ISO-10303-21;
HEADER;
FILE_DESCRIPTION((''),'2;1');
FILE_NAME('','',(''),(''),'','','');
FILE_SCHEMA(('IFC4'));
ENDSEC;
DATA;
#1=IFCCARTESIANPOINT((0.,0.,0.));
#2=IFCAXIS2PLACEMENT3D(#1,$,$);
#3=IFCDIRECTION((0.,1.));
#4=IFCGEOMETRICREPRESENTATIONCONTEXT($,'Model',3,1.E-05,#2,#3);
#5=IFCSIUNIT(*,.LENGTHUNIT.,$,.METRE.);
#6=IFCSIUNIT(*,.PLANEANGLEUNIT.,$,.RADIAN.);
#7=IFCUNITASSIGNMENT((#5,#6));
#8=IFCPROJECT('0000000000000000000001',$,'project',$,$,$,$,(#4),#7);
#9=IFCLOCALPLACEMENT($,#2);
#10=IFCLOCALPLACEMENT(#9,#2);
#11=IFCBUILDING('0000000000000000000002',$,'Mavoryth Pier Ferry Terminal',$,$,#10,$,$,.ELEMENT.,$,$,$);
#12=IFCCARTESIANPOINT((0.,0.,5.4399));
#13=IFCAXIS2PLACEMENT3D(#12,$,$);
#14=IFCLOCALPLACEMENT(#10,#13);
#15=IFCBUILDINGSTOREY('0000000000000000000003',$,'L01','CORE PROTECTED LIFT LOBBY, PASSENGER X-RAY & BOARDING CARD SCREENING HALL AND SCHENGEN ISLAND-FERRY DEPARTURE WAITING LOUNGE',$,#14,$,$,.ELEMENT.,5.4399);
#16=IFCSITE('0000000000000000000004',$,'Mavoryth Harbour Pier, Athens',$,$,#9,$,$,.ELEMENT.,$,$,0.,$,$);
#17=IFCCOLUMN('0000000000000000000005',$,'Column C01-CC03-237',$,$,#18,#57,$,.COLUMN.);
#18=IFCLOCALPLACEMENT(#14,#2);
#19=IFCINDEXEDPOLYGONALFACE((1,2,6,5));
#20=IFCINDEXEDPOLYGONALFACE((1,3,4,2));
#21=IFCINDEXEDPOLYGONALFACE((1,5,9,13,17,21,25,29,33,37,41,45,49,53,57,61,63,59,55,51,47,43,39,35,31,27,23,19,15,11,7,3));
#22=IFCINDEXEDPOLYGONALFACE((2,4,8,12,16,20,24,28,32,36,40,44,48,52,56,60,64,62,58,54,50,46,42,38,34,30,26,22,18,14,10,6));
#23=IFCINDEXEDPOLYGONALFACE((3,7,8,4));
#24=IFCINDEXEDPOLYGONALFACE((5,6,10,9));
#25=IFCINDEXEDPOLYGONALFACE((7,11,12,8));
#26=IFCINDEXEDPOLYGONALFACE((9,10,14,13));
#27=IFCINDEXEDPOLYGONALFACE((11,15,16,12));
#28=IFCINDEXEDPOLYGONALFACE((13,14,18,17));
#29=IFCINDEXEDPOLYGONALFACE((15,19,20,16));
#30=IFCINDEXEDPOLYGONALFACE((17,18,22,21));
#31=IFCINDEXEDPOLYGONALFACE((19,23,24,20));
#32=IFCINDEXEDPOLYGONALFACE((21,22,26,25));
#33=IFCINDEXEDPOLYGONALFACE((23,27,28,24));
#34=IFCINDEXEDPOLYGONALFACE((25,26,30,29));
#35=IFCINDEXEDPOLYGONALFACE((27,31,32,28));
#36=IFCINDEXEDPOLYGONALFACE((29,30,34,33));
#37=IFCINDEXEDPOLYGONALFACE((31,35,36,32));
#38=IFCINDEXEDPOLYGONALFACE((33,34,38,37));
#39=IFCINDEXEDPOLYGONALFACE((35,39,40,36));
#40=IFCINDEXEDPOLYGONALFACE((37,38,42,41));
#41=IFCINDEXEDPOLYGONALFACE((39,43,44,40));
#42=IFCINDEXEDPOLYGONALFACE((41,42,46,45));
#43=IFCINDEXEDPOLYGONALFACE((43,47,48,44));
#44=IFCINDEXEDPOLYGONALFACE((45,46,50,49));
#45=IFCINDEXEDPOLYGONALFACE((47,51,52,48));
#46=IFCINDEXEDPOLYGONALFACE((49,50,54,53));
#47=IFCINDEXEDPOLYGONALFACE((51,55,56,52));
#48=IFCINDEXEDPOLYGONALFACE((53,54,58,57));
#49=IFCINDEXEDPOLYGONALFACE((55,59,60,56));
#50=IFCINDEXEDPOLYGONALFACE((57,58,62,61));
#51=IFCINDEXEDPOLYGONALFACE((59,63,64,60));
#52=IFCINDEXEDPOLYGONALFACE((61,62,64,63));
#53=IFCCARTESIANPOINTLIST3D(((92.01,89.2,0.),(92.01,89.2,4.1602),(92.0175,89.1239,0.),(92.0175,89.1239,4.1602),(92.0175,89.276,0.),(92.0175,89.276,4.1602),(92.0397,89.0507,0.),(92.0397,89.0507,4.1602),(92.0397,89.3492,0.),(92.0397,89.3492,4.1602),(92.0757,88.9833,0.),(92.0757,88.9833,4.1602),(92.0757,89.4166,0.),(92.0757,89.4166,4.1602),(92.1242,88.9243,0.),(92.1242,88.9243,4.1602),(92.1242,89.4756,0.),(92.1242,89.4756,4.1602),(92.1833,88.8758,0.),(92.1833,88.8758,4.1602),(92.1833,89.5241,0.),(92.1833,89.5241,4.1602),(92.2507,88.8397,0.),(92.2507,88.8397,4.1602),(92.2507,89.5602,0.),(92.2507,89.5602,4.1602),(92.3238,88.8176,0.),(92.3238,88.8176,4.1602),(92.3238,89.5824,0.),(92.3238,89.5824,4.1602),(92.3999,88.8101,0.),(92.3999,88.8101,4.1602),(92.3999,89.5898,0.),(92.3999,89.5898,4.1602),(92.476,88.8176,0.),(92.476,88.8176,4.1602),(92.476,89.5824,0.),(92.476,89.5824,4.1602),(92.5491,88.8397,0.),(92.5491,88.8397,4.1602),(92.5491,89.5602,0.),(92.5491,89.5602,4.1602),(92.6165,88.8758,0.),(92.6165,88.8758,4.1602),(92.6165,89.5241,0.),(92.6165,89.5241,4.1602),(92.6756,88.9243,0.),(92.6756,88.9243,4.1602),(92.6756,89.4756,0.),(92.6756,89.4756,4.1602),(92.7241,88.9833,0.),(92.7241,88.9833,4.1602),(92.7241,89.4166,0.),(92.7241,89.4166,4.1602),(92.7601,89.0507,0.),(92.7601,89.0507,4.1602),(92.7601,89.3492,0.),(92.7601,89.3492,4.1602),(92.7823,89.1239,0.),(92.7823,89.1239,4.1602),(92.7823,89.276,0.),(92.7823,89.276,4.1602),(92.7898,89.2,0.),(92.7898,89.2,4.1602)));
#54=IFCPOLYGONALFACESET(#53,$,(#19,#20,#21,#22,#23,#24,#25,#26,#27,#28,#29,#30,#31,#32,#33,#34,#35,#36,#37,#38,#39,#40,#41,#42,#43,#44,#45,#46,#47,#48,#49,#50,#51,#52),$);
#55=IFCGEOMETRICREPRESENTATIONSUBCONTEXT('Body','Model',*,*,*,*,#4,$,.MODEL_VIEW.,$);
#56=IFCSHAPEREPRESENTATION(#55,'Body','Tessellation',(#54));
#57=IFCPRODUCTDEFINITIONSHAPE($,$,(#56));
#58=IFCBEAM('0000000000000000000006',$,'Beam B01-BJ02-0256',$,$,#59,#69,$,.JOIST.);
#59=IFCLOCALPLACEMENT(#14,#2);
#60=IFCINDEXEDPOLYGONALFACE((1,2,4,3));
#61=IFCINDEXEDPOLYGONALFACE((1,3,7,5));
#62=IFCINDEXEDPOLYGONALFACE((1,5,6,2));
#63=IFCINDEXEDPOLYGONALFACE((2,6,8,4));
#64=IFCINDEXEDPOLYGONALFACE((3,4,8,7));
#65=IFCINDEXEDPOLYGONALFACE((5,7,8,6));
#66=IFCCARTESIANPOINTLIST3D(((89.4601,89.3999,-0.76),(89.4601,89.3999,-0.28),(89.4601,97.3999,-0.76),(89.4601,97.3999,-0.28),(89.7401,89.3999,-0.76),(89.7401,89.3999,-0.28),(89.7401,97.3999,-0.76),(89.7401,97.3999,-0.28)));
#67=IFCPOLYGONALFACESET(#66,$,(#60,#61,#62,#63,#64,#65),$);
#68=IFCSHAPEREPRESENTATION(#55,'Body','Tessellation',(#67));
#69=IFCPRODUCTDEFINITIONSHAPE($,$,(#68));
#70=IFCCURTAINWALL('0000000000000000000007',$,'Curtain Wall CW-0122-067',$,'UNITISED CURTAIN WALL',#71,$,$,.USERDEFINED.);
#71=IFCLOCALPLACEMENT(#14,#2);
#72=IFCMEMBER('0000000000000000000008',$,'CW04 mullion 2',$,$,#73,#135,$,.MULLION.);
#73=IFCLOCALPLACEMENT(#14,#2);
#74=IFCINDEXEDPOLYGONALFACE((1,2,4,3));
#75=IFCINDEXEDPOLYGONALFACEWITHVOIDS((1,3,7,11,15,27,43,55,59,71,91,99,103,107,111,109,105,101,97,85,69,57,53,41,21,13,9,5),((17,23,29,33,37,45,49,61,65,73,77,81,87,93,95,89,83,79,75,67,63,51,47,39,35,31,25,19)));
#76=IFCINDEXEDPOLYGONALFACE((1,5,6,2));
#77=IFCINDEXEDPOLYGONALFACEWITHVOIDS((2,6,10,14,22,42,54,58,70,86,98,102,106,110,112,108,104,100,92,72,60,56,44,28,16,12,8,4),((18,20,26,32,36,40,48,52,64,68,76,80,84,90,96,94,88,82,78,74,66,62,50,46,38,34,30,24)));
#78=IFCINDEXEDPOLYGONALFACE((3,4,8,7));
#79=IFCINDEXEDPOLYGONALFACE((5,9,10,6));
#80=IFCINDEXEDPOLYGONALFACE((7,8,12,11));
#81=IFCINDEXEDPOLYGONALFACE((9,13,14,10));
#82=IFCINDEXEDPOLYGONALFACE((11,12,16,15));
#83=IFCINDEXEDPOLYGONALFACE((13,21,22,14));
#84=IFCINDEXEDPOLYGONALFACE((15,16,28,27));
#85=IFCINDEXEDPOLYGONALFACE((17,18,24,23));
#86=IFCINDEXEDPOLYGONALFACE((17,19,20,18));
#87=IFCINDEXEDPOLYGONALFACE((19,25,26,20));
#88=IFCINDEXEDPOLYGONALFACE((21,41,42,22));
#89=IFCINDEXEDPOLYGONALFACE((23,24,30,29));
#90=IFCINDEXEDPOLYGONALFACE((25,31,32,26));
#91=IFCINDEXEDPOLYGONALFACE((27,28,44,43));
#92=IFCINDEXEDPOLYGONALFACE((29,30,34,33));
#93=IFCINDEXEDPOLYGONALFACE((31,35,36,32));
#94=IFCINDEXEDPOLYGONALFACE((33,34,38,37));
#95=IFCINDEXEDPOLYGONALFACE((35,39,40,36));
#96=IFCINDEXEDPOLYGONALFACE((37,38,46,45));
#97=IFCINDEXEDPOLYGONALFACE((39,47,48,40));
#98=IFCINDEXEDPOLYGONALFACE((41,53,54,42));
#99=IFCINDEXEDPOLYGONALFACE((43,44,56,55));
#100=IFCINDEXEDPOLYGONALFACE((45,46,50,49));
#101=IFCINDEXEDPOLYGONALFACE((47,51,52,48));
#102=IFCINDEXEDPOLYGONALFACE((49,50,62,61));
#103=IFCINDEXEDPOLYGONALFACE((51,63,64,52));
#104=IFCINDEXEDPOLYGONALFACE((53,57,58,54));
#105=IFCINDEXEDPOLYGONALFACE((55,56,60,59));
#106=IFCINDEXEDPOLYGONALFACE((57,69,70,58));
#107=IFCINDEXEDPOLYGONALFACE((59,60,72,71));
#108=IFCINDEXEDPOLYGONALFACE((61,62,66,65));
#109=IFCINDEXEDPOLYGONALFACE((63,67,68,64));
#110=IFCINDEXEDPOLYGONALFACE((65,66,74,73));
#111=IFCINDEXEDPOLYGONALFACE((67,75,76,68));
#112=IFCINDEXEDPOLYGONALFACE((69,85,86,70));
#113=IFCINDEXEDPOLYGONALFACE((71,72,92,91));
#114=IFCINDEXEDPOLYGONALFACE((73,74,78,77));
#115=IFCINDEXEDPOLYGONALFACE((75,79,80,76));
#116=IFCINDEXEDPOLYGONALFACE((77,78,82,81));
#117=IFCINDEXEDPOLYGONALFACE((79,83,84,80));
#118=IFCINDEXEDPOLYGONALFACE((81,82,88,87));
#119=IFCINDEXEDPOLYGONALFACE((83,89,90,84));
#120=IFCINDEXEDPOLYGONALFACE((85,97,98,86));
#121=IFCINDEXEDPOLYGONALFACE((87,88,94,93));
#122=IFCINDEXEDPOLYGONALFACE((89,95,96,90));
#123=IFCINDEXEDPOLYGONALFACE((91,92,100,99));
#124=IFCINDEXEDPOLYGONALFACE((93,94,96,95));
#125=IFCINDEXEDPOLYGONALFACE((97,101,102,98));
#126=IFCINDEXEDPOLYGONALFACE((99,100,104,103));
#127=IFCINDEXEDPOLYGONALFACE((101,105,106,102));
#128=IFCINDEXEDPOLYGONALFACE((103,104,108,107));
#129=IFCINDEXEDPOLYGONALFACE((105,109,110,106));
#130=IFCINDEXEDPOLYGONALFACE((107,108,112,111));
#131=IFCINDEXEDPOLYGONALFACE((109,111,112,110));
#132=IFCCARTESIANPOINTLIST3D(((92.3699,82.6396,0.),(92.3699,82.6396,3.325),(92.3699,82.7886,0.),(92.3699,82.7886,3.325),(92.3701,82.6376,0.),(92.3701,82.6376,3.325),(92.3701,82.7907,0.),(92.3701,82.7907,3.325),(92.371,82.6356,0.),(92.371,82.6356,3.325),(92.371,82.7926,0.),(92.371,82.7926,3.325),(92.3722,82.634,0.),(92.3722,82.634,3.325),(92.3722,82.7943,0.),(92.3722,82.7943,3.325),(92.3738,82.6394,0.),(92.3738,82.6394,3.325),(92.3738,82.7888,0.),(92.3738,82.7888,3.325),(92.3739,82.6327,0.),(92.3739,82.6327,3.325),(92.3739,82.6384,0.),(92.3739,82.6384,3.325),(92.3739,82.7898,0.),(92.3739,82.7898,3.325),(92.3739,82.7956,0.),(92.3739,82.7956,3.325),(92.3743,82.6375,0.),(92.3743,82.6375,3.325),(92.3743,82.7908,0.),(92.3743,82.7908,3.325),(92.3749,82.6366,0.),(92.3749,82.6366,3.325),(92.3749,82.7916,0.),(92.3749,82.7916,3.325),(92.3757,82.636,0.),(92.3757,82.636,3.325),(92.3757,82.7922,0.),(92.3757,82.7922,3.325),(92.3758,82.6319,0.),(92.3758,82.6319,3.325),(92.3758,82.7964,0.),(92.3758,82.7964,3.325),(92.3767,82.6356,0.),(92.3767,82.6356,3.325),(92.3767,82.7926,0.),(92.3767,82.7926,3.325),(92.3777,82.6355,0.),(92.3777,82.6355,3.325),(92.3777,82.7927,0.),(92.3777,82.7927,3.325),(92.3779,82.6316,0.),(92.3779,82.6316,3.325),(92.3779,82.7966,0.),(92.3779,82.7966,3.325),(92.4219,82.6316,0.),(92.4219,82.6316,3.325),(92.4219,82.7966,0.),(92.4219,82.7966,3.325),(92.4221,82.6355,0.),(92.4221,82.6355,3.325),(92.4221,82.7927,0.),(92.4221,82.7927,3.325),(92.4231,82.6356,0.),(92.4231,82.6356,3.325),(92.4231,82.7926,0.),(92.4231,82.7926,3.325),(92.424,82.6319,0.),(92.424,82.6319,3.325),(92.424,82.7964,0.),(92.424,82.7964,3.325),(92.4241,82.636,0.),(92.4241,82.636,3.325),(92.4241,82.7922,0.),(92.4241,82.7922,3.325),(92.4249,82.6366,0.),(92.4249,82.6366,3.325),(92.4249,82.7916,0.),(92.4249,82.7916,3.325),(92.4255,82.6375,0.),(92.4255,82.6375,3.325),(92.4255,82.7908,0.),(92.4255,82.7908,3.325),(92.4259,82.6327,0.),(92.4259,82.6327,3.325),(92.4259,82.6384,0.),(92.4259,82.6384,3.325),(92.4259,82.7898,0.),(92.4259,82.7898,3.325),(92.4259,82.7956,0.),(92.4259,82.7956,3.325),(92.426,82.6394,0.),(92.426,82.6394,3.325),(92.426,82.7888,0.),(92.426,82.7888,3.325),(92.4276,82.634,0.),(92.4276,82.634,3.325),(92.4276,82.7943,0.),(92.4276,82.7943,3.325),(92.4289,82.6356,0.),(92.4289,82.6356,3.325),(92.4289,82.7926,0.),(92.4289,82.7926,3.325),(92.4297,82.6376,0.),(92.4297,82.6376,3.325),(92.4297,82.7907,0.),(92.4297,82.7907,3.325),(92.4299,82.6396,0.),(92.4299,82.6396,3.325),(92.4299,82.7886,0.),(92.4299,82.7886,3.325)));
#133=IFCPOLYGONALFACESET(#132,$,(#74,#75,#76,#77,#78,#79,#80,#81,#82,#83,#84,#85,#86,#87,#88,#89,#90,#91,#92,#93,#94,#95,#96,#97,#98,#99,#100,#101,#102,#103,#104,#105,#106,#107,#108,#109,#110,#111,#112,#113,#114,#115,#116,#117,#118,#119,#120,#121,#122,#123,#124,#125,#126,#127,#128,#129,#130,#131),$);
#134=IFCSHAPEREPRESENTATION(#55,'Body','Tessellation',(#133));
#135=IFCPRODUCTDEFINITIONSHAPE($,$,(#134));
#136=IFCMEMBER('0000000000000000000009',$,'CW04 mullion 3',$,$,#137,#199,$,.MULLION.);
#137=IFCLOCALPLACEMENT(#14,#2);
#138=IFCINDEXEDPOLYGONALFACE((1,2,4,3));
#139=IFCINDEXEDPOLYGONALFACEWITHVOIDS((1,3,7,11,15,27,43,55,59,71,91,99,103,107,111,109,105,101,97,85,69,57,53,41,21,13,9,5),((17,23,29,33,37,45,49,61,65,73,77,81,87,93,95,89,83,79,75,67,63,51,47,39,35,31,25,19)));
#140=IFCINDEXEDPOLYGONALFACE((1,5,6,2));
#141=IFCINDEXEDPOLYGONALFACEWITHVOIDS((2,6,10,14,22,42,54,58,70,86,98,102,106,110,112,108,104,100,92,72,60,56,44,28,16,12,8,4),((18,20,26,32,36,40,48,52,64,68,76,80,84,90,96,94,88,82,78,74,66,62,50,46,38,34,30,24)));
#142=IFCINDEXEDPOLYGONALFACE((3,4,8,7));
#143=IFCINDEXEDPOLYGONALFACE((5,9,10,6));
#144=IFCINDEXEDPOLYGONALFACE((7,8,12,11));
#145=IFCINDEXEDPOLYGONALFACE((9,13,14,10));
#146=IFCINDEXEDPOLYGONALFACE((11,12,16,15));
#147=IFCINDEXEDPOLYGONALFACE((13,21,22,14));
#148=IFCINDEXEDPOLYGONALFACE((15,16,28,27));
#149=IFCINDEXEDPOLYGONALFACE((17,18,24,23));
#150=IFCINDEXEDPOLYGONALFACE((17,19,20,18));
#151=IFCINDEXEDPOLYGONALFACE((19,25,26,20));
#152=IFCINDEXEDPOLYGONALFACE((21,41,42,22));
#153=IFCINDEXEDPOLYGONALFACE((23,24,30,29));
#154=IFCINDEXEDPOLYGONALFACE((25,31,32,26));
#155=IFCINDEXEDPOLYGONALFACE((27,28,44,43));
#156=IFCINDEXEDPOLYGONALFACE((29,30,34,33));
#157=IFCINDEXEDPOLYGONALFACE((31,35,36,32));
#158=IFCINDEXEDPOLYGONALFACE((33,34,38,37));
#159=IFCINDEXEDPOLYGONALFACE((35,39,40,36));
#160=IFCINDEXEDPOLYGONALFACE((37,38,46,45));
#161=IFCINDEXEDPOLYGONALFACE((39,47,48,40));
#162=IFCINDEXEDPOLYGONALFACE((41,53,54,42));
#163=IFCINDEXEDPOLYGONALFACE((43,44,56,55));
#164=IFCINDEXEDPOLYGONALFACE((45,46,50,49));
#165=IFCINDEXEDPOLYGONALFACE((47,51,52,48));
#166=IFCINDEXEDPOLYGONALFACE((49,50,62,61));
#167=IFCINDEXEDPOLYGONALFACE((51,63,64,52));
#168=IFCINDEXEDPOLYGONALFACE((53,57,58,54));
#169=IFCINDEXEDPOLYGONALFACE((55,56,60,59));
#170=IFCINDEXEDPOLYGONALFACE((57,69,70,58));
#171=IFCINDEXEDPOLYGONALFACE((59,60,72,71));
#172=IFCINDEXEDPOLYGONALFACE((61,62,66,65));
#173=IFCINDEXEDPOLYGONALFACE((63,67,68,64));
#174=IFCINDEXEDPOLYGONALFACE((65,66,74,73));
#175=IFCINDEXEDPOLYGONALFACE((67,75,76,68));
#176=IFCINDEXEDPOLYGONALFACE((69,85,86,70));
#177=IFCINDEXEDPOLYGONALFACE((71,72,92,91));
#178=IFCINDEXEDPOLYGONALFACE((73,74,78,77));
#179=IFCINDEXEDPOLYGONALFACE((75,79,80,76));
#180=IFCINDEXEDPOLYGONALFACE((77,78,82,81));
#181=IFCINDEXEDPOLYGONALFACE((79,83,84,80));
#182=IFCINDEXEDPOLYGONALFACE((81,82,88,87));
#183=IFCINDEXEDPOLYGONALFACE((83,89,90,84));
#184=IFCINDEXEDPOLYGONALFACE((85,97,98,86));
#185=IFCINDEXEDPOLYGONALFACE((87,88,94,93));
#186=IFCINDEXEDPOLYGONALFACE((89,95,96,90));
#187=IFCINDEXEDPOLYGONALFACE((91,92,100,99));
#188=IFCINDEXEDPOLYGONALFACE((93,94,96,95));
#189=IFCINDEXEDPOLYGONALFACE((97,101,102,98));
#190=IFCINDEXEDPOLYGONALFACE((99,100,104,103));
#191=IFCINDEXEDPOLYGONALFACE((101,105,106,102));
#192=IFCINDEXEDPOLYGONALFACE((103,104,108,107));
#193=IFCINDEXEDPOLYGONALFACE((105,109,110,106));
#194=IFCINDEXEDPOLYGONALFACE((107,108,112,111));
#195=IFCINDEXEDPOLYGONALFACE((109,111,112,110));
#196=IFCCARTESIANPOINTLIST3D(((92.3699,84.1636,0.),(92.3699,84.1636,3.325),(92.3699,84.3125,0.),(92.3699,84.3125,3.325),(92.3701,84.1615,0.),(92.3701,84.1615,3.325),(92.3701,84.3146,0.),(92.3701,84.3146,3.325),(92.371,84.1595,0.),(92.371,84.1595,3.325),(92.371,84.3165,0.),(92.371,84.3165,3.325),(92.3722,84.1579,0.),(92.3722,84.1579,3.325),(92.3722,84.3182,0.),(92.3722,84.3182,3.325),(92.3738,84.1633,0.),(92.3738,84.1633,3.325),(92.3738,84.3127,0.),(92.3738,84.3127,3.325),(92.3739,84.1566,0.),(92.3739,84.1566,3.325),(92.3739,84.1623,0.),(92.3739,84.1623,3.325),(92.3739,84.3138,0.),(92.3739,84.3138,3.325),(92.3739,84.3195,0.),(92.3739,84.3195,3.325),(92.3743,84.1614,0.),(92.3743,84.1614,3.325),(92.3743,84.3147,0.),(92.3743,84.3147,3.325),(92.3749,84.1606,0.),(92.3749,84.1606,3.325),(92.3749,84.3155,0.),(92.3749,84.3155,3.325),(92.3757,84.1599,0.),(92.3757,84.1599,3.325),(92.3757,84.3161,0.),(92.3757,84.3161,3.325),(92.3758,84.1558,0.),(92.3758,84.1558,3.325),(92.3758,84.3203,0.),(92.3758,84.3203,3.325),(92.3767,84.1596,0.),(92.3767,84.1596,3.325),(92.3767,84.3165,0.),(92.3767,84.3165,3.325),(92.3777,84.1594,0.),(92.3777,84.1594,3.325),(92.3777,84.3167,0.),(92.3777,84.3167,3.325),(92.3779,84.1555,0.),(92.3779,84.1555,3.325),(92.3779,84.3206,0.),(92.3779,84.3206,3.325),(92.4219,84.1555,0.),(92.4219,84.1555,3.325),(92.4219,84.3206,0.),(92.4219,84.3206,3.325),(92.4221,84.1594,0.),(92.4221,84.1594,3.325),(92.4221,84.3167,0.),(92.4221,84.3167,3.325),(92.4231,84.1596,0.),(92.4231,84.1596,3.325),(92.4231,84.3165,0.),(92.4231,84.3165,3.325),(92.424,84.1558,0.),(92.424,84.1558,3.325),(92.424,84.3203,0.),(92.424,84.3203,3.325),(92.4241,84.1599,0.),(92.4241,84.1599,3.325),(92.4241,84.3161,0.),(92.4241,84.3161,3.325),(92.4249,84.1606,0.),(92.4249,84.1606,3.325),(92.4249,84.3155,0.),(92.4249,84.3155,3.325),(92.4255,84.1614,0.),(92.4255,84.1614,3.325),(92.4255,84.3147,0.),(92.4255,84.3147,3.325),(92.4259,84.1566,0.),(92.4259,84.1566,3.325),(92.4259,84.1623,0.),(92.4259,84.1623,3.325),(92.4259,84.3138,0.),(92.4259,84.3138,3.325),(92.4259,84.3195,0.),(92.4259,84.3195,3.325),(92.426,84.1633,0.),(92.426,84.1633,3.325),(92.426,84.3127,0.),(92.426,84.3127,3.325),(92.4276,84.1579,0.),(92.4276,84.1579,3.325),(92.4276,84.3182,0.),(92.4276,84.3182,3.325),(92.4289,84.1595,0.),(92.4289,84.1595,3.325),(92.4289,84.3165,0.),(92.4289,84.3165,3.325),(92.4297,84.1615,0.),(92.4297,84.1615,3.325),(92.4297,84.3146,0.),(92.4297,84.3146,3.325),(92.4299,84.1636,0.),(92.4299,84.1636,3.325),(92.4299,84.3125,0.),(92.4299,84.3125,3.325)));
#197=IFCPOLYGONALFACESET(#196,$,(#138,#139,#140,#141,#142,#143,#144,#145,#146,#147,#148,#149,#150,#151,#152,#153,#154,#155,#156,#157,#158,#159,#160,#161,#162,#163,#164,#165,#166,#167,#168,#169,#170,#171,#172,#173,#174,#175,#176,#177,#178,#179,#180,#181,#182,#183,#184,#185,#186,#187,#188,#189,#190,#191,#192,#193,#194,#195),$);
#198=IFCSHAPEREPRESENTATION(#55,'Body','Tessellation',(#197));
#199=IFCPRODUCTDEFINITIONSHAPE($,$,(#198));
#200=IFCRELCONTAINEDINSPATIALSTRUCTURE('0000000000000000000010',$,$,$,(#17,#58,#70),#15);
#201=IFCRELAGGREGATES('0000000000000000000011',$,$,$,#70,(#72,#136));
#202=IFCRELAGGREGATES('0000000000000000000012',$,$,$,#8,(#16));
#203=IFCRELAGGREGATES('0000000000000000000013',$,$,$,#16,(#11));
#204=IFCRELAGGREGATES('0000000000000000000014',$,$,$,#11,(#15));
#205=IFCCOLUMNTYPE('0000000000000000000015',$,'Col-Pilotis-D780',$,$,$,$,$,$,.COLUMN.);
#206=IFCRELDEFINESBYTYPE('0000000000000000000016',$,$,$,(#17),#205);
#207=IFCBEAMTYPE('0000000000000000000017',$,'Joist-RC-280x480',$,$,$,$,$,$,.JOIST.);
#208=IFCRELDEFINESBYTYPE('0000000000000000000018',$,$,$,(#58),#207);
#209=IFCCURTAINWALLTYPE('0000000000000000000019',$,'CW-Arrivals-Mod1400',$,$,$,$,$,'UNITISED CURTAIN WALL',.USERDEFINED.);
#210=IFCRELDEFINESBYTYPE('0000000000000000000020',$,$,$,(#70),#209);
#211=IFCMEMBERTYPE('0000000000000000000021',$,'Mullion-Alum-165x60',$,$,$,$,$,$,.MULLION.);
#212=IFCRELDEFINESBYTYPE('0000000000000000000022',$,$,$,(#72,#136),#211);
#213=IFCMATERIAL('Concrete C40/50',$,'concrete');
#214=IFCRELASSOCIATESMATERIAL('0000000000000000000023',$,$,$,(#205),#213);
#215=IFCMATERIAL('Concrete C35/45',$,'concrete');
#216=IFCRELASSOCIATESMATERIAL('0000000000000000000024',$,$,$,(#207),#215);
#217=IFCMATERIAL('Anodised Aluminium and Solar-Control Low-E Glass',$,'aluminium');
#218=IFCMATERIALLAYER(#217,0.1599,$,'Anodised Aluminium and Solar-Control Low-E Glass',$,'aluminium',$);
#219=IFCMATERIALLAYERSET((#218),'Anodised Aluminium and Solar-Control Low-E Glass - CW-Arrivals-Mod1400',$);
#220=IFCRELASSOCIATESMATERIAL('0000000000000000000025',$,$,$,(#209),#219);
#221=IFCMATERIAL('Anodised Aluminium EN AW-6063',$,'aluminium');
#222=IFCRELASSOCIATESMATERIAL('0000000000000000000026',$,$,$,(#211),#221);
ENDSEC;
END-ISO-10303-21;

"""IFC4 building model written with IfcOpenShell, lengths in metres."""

from ifc_helpers import new_model, si_unit, direction, frame, origin, origin_2d, place, context, subcontext, project, spatial, rectangle, hollow_rectangle, circle, extrude, material, layer, layer_set, material_profile, profile_set, type_object, element, aggregate, save


model = new_model("IFC4")

# Units and contexts
model_context = context("Model", 3, precision=1e-05, world=origin(), true_north=direction((0.0, 1.0)))
body_context = subcontext(model_context, "Body", "Model", "MODEL_VIEW")
ifc_project = project(units=[si_unit("LENGTHUNIT", "METRE"), si_unit("PLANEANGLEUNIT", "RADIAN")], contexts=[model_context])

# Site, building, storey
site_placement = place(None, origin())
site = spatial("IfcSite", under=ifc_project, at=site_placement, Name="Mavoryth Harbour Pier, Athens", CompositionType="ELEMENT", RefElevation=0.0)
building_placement = place(site_placement, origin())
building = spatial("IfcBuilding", under=site, at=building_placement, Name="Mavoryth Pier Ferry Terminal", CompositionType="ELEMENT")
storey_placement = place(building_placement, frame((0.0, 0.0, 5.4399)))
storey = spatial("IfcBuildingStorey", under=building, at=storey_placement, Name="L01", Description="CORE PROTECTED LIFT LOBBY, PASSENGER X-RAY & BOARDING CARD SCREENING HALL AND SCHENGEN ISLAND-FERRY DEPARTURE WAITING LOUNGE", CompositionType="ELEMENT", Elevation=5.4399)

# Column
ifc_material_1 = material(Name="Concrete C40/50", Category="concrete")
ifc_material_profile_1 = material_profile(ifc_material_1, circle(Radius=0.3899, at=origin_2d()), Name="RC D780", Category="concrete")
ifc_profile_set_1 = profile_set([ifc_material_profile_1], Name="Concrete C40/50 - RC D780")
column_type = type_object("IfcColumnType", Name="Col-Pilotis-D780", PredefinedType="COLUMN", material=ifc_profile_set_1)
column_placement = place(storey_placement, frame((92.3999, 89.2, 0.0), z_axis=(0.0, 0.0, 1.0), x_axis=(1.0, 0.0, 0.0)))
element("IfcColumn", 1, at=column_placement, inside=storey, type_object=column_type, Name="Column C01-CC03-237", PredefinedType="COLUMN", context=body_context, shape_type="SweptSolid", body=[
    extrude(circle(Radius=0.3899, at=origin_2d()), origin(), (0.0, 0.0, 1.0), 4.1602),
])

# Beam
ifc_material_2 = material(Name="Concrete C35/45", Category="concrete")
ifc_material_profile_2 = material_profile(ifc_material_2, rectangle(XDim=0.28, YDim=0.48, at=origin_2d()), Name="RC 280x480", Category="concrete")
ifc_profile_set_2 = profile_set([ifc_material_profile_2], Name="Concrete C35/45 - RC 280x480")
beam_type_1 = type_object("IfcBeamType", Name="Joist-RC-280x480", PredefinedType="JOIST", material=ifc_profile_set_2)
beam_1_placement = place(storey_placement, frame((89.6001, 89.3999, -0.52), z_axis=(0.0, 1.0, 0.0), x_axis=(-1.0, 0.0, 0.0)))
element("IfcBeam", 2, at=beam_1_placement, inside=storey, type_object=beam_type_1, Name="Beam B01-BJ02-0256", PredefinedType="JOIST", context=body_context, shape_type="SweptSolid", body=[
    extrude(rectangle(XDim=0.28, YDim=0.48, at=origin_2d()), origin(), (0.0, 0.0, 1.0), 8.0),
])

# Curtain wall, members
ifc_material_3 = material(Name="Anodised Aluminium and Solar-Control Low-E Glass", Category="aluminium")
ifc_layer_1 = layer(ifc_material_3, 0.1599, Name="Anodised Aluminium and Solar-Control Low-E Glass", Category="aluminium")
ifc_layer_set_1 = layer_set([ifc_layer_1], Name="Anodised Aluminium and Solar-Control Low-E Glass - CW-Arrivals-Mod1400")
curtain_wall_type = type_object("IfcCurtainWallType", Name="CW-Arrivals-Mod1400", ElementType="UNITISED CURTAIN WALL", PredefinedType="USERDEFINED", material=ifc_layer_set_1)
curtain_wall_1_placement = place(storey_placement, origin())
curtain_wall_1 = element("IfcCurtainWall", 3, at=curtain_wall_1_placement, inside=storey, type_object=curtain_wall_type, Name="Curtain Wall CW-0122-067", ObjectType="UNITISED CURTAIN WALL", PredefinedType="USERDEFINED")
ifc_material_4 = material(Name="Anodised Aluminium EN AW-6063", Category="aluminium")
ifc_material_profile_3 = material_profile(ifc_material_4, hollow_rectangle(XDim=0.0601, YDim=0.165, WallThickness=0.0039, InnerFilletRadius=0.0039, OuterFilletRadius=0.0081, at=origin_2d()), Name="AL-MULL 165x60x4", Category="aluminium")
ifc_profile_set_3 = profile_set([ifc_material_profile_3], Name="Anodised Aluminium EN AW-6063 - AL-MULL 165x60x4")
member_type_1 = type_object("IfcMemberType", Name="Mullion-Alum-165x60", PredefinedType="MULLION", material=ifc_profile_set_3)
member_1_placement = place(storey_placement, frame((92.3999, 82.7141, 0.0), z_axis=(0.0, 0.0, 1.0), x_axis=(-1.0, 0.0, 0.0)))
member_1 = element("IfcMember", 4, at=member_1_placement, type_object=member_type_1, Name="CW04 mullion 2", PredefinedType="MULLION", context=body_context, shape_type="SweptSolid", body=[
    extrude(hollow_rectangle(XDim=0.0601, YDim=0.165, WallThickness=0.0039, InnerFilletRadius=0.0039, OuterFilletRadius=0.0081, at=origin_2d()), origin(), (0.0, 0.0, 1.0), 3.325),
])
member_2_placement = place(storey_placement, frame((92.3999, 84.238, 0.0), z_axis=(0.0, 0.0, 1.0), x_axis=(-1.0, 0.0, 0.0)))
member_2 = element("IfcMember", 5, at=member_2_placement, type_object=member_type_1, Name="CW04 mullion 3", PredefinedType="MULLION", context=body_context, shape_type="SweptSolid", body=[
    extrude(hollow_rectangle(XDim=0.0601, YDim=0.165, WallThickness=0.0039, InnerFilletRadius=0.0039, OuterFilletRadius=0.0081, at=origin_2d()), origin(), (0.0, 0.0, 1.0), 3.325),
])

aggregate(curtain_wall_1, [member_1, member_2])

save(model, "model.ifc")
